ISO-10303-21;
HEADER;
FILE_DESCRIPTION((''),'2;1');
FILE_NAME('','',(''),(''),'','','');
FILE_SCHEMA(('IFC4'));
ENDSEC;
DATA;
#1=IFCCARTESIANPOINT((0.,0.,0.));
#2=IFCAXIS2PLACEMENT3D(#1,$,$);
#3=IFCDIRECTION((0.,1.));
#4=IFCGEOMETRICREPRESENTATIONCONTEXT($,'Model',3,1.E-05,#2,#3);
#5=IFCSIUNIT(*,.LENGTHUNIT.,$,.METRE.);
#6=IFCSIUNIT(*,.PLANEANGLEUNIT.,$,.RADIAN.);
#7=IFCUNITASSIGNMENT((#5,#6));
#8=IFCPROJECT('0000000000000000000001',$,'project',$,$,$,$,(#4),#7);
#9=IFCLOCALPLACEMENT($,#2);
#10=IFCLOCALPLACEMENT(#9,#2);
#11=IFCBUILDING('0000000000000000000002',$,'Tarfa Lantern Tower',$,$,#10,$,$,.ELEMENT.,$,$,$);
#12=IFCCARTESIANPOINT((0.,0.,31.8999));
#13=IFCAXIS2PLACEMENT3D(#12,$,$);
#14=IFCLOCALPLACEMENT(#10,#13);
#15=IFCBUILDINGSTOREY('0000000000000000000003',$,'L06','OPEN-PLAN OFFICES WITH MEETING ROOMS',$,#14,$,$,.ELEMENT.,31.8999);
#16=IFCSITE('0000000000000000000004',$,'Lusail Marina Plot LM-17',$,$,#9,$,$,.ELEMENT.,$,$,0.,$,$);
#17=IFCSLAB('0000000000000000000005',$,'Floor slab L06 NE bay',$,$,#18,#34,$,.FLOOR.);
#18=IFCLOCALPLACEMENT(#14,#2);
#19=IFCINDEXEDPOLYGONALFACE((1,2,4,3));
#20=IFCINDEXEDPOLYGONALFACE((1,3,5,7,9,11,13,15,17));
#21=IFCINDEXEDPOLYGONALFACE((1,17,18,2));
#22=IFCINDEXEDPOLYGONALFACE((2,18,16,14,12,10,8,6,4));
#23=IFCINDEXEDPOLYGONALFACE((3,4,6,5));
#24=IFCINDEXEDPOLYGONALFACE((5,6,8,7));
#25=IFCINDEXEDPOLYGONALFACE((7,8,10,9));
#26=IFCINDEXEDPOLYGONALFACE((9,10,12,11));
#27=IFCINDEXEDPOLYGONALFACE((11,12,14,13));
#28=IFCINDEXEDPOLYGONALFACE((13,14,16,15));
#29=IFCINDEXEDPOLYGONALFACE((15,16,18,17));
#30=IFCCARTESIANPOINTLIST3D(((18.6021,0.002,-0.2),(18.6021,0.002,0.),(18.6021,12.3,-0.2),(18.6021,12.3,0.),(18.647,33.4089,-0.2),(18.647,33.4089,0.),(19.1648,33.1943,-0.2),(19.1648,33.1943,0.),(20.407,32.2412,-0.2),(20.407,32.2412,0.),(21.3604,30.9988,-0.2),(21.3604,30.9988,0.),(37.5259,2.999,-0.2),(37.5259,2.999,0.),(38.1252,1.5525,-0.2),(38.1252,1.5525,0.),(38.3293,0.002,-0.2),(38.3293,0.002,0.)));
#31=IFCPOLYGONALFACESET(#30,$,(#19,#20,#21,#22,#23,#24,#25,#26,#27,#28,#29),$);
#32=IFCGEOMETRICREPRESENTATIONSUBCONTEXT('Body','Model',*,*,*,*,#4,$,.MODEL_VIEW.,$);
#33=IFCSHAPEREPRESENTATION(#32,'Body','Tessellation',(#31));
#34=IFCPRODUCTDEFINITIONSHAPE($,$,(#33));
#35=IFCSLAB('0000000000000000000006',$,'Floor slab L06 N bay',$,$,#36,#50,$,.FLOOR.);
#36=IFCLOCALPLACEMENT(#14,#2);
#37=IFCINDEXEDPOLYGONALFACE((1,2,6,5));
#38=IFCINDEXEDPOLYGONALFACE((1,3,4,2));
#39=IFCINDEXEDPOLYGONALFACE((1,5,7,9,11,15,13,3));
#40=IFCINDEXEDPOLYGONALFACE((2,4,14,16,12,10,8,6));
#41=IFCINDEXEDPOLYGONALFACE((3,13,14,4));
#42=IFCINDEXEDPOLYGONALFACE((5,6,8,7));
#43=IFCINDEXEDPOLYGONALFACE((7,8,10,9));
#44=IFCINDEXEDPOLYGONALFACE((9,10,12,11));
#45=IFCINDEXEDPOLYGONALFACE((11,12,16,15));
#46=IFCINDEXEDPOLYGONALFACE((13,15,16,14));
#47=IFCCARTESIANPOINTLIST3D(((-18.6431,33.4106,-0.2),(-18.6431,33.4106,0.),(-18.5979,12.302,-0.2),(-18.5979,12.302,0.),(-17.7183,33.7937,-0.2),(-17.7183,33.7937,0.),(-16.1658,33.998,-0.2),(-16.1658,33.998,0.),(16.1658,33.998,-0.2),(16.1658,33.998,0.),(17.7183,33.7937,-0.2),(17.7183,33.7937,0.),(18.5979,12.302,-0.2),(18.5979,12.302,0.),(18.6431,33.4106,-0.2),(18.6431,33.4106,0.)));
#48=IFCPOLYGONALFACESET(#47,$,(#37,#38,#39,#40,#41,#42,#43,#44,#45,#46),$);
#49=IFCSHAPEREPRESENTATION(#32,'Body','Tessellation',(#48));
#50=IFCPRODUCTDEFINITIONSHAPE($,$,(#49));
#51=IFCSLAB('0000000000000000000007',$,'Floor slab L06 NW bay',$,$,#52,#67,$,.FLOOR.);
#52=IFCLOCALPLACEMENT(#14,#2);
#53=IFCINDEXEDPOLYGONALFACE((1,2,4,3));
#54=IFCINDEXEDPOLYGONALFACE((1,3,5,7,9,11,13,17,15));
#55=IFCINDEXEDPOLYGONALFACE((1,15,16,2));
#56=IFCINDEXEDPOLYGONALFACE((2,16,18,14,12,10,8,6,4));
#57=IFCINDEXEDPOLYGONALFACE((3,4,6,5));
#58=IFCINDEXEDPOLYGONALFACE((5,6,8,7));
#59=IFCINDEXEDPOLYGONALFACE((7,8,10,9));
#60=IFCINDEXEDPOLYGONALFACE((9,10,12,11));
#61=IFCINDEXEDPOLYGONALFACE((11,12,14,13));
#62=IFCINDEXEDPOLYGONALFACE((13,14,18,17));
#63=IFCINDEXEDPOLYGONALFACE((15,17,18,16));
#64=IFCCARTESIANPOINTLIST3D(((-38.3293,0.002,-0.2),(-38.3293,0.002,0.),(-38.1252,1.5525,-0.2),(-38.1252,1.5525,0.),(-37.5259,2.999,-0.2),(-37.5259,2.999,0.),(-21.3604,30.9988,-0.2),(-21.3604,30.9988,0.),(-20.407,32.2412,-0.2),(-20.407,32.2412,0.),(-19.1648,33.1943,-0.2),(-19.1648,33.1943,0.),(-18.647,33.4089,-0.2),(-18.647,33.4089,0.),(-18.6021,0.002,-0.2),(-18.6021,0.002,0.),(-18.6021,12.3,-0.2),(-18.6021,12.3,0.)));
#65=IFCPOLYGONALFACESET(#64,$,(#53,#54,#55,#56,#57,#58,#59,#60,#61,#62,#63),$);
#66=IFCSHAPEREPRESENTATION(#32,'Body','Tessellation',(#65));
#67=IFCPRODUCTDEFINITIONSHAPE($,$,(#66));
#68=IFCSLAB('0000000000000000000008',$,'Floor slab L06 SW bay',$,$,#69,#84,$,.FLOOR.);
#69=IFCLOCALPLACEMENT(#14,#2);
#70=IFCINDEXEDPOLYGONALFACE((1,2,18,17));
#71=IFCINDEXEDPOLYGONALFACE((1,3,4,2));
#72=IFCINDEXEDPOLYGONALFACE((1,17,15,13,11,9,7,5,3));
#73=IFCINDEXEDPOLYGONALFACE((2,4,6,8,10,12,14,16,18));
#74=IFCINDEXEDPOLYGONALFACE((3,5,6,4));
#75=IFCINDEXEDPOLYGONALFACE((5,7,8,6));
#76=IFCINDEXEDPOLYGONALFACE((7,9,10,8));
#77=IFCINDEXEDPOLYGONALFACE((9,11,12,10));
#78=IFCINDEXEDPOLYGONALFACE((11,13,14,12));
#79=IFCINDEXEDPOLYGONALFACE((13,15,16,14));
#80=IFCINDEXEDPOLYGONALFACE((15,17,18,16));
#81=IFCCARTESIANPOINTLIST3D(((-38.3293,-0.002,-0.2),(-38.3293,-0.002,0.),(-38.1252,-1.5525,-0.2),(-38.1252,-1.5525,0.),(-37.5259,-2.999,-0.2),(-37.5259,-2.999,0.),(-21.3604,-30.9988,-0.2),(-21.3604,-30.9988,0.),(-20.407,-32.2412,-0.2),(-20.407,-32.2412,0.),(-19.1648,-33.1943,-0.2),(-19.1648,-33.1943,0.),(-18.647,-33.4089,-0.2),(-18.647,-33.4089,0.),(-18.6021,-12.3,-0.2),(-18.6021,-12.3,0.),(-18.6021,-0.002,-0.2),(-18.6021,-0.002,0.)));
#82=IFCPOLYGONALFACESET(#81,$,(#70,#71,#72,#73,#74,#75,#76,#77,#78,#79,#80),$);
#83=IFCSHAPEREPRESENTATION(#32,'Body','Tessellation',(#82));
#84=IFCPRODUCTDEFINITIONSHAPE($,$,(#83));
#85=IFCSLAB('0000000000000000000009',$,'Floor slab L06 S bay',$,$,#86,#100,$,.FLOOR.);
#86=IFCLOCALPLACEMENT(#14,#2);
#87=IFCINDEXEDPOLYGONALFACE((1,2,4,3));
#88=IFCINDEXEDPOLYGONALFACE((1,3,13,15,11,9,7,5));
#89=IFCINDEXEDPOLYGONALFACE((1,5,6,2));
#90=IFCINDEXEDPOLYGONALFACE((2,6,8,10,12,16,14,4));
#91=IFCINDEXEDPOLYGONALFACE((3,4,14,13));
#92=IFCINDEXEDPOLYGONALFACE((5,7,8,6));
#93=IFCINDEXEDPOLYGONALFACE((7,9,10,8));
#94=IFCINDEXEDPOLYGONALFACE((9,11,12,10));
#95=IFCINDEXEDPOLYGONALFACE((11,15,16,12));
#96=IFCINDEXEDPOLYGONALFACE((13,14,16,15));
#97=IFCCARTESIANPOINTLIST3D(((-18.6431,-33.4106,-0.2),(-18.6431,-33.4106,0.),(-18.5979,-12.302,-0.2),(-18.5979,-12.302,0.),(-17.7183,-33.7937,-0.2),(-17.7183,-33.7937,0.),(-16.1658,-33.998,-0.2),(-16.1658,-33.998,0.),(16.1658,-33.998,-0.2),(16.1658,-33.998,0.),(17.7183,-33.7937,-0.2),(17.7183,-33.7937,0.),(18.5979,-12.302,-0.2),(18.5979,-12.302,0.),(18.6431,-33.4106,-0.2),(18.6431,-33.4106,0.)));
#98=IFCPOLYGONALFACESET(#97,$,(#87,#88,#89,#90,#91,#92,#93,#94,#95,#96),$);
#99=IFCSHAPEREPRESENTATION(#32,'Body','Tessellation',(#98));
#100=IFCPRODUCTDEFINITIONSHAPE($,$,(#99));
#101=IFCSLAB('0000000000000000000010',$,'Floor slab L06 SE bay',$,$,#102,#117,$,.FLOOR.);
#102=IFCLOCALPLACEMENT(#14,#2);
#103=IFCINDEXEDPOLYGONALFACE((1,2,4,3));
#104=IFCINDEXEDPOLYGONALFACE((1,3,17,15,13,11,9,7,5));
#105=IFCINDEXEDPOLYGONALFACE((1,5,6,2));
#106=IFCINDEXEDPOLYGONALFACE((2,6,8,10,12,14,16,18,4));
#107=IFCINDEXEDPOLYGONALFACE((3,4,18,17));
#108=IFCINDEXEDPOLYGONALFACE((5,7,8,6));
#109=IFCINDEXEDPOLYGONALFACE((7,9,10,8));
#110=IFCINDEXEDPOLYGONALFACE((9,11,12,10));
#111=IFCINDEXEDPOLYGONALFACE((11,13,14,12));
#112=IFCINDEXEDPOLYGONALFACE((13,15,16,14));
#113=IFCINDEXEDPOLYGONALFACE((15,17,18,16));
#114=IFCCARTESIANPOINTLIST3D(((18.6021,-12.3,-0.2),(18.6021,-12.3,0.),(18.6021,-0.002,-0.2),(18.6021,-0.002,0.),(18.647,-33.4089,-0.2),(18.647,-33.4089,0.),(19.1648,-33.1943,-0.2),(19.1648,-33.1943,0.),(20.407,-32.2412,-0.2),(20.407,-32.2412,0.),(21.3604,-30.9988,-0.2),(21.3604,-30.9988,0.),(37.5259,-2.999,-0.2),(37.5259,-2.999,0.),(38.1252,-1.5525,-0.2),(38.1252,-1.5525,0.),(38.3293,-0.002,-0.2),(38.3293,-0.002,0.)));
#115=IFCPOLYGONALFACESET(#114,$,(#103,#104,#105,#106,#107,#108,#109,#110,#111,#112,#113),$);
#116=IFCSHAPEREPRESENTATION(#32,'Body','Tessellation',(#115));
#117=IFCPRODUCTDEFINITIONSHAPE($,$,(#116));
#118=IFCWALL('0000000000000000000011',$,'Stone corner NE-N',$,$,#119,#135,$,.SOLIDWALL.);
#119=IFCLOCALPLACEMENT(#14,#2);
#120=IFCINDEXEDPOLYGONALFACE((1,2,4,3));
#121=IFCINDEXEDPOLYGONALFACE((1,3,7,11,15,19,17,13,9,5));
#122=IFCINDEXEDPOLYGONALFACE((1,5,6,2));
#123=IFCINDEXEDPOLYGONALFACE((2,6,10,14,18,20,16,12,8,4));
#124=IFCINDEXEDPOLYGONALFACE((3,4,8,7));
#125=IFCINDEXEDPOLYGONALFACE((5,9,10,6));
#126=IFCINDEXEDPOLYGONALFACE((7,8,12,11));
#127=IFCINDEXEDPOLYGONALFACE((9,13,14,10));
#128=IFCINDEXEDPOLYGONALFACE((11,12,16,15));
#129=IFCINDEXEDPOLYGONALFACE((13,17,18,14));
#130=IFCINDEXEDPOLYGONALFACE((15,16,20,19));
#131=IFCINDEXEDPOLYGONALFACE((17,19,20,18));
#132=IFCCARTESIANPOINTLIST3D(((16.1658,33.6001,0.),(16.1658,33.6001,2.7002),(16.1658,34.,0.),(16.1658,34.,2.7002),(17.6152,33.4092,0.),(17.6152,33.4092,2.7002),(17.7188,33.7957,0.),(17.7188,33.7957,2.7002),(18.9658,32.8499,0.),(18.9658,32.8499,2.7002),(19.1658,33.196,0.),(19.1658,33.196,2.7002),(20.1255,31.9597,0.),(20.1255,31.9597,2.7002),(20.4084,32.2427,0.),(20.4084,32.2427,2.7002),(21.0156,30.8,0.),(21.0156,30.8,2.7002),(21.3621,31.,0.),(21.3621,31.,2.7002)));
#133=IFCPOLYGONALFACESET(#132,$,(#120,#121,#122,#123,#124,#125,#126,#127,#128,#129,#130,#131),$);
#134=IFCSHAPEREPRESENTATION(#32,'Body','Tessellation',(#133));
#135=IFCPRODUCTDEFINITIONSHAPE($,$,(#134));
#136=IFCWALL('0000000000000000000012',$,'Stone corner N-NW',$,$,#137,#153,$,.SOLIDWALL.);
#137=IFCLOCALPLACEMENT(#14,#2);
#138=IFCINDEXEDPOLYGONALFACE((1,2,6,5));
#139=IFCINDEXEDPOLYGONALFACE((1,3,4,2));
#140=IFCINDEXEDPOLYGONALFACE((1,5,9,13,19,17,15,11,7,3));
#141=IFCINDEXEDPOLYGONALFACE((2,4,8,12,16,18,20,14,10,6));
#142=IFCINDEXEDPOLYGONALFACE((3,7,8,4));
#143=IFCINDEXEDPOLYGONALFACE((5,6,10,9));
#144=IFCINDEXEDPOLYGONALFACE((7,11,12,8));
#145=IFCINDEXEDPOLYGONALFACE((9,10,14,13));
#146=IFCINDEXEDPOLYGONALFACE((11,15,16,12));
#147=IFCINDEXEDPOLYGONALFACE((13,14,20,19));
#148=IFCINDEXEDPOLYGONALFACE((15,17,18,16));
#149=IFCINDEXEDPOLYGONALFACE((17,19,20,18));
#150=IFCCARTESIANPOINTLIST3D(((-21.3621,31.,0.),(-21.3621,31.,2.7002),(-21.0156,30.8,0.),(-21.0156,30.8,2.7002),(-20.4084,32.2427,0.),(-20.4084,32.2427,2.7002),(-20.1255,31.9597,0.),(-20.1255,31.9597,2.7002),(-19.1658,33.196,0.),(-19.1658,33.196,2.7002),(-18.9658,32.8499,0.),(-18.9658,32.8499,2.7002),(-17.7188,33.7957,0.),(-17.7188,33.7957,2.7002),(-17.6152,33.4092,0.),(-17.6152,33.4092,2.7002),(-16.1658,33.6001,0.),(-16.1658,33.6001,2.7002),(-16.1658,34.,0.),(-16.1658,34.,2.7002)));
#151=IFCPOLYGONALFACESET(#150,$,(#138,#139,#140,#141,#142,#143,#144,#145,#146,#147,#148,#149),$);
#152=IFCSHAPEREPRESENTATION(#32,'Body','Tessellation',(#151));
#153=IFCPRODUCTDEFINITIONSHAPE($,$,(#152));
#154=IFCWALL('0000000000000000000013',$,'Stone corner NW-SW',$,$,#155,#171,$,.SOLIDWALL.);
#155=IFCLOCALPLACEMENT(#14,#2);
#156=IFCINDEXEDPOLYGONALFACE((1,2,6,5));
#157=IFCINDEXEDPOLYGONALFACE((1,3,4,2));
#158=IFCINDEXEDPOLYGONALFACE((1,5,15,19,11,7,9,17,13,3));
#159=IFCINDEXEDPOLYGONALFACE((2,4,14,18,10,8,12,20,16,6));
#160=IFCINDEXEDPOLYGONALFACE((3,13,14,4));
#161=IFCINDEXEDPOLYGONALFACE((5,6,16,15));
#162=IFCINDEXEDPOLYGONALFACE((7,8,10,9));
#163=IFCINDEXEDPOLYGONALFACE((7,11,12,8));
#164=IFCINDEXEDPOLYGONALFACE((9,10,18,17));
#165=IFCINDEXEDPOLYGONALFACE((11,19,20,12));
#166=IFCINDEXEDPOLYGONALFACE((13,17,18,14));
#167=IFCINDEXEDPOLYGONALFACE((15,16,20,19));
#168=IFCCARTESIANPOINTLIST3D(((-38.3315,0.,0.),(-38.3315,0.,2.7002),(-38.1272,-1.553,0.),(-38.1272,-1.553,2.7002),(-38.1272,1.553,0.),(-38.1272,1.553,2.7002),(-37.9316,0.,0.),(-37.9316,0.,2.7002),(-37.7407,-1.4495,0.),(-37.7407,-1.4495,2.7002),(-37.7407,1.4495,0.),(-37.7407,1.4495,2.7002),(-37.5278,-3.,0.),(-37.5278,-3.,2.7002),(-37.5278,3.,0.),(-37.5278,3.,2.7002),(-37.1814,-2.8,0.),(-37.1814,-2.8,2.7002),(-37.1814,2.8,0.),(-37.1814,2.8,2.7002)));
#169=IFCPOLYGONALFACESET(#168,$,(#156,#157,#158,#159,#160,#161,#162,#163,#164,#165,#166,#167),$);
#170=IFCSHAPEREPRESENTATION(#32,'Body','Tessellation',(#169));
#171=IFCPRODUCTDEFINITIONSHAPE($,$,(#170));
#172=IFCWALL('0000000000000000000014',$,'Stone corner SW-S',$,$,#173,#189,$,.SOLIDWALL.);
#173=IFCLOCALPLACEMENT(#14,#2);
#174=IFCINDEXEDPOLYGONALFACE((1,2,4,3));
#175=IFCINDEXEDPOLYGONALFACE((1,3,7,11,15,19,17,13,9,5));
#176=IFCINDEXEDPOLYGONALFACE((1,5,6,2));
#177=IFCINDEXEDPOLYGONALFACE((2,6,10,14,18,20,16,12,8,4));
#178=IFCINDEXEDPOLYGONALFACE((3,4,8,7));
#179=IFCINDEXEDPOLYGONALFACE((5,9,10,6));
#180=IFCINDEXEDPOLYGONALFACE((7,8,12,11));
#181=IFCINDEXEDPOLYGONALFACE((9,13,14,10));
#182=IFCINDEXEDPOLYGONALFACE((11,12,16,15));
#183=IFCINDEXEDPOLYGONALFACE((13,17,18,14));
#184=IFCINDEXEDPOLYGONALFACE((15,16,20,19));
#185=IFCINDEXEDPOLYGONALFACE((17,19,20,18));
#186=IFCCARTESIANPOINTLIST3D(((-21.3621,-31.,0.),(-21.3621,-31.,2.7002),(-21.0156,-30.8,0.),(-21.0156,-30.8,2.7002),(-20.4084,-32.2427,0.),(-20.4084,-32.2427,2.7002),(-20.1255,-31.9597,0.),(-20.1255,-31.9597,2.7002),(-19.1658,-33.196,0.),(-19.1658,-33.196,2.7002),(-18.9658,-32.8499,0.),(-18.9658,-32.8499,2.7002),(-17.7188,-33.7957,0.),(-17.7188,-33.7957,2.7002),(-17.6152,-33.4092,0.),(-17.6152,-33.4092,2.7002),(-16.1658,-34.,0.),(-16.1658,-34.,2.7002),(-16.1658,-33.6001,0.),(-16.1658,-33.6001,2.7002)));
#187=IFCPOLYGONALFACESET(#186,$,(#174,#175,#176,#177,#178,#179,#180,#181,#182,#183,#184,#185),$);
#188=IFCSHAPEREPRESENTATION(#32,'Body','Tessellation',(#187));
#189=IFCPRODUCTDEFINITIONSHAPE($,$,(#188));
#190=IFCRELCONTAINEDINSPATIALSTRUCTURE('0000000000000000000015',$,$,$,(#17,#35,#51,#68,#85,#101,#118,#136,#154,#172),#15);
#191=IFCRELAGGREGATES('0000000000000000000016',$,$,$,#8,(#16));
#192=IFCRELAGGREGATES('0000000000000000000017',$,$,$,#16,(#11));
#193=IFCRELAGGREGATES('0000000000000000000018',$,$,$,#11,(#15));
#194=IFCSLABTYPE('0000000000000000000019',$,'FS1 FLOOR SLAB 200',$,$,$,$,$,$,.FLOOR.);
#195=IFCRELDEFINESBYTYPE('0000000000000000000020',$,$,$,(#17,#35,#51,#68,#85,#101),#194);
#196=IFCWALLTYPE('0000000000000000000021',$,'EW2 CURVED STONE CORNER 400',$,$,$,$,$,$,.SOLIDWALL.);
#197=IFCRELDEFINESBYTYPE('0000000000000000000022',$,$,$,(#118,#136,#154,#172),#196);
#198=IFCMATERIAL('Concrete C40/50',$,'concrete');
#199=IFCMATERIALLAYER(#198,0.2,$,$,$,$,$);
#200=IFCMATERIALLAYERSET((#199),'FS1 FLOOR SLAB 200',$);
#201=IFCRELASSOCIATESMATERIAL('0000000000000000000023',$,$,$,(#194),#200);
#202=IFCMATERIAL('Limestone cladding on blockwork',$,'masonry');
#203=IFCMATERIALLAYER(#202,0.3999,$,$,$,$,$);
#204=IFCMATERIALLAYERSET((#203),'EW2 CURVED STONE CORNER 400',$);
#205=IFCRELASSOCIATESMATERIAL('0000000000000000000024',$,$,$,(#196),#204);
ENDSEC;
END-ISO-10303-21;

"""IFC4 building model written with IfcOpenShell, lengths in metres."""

from ifc_helpers import new_model, si_unit, direction, frame, origin, place, context, subcontext, project, spatial, polyline, outline, extrude, material, layer, layer_set, type_object, element, save


model = new_model("IFC4")

# Units and contexts
model_context = context("Model", 3, precision=1e-05, world=origin(), true_north=direction((0.0, 1.0)))
body_context = subcontext(model_context, "Body", "Model", "MODEL_VIEW")
ifc_project = project(units=[si_unit("LENGTHUNIT", "METRE"), si_unit("PLANEANGLEUNIT", "RADIAN")], contexts=[model_context])

# Site, building, storey
site_placement = place(None, origin())
site = spatial("IfcSite", under=ifc_project, at=site_placement, Name="Lusail Marina Plot LM-17", CompositionType="ELEMENT", RefElevation=0.0)
building_placement = place(site_placement, origin())
building = spatial("IfcBuilding", under=site, at=building_placement, Name="Tarfa Lantern Tower", CompositionType="ELEMENT")
storey_placement = place(building_placement, frame((0.0, 0.0, 31.8999)))
storey = spatial("IfcBuildingStorey", under=building, at=storey_placement, Name="L06", Description="OPEN-PLAN OFFICES WITH MEETING ROOMS", CompositionType="ELEMENT", Elevation=31.8999)

# Slabs
ifc_material_1 = material(Name="Concrete C40/50", Category="concrete")
ifc_layer_1 = layer(ifc_material_1, 0.2)
ifc_layer_set_1 = layer_set([ifc_layer_1], Name="FS1 FLOOR SLAB 200")
slab_type_1 = type_object("IfcSlabType", Name="FS1 FLOOR SLAB 200", PredefinedType="FLOOR", material=ifc_layer_set_1)
slab_1_placement = place(storey_placement, frame((0.0, 0.0, -0.2)))
element("IfcSlab", 1, at=slab_1_placement, inside=storey, type_object=slab_type_1, Name="Floor slab L06 NE bay", PredefinedType="FLOOR", context=body_context, shape_type="SweptSolid", body=[
    extrude(outline(polyline([(37.5259, 2.999), (21.3604, 30.9988), (20.407, 32.2412), (19.1648, 33.1943), (18.647, 33.4089), (18.6021, 12.3), (18.6021, 0.002), (38.3293, 0.002), (38.1252, 1.5525), (37.5259, 2.999)])), origin(), (0.0, 0.0, 1.0), 0.2),
])
slab_2_placement = place(storey_placement, frame((0.0, 0.0, -0.2)))
element("IfcSlab", 2, at=slab_2_placement, inside=storey, type_object=slab_type_1, Name="Floor slab L06 N bay", PredefinedType="FLOOR", context=body_context, shape_type="SweptSolid", body=[
    extrude(outline(polyline([(-18.5979, 12.302), (18.5979, 12.302), (18.6431, 33.4106), (17.7183, 33.7937), (16.1658, 33.998), (-16.1658, 33.998), (-17.7183, 33.7937), (-18.6431, 33.4106), (-18.5979, 12.302)])), origin(), (0.0, 0.0, 1.0), 0.2),
])
slab_3_placement = place(storey_placement, frame((0.0, 0.0, -0.2)))
element("IfcSlab", 3, at=slab_3_placement, inside=storey, type_object=slab_type_1, Name="Floor slab L06 NW bay", PredefinedType="FLOOR", context=body_context, shape_type="SweptSolid", body=[
    extrude(outline(polyline([(-18.6021, 0.002), (-18.6021, 12.3), (-18.647, 33.4089), (-19.1648, 33.1943), (-20.407, 32.2412), (-21.3604, 30.9988), (-37.5259, 2.999), (-38.1252, 1.5525), (-38.3293, 0.002), (-18.6021, 0.002)])), origin(), (0.0, 0.0, 1.0), 0.2),
])
slab_4_placement = place(storey_placement, frame((0.0, 0.0, -0.2)))
element("IfcSlab", 4, at=slab_4_placement, inside=storey, type_object=slab_type_1, Name="Floor slab L06 SW bay", PredefinedType="FLOOR", context=body_context, shape_type="SweptSolid", body=[
    extrude(outline(polyline([(-18.6021, -12.3), (-18.6021, -0.002), (-38.3293, -0.002), (-38.1252, -1.5525), (-37.5259, -2.999), (-21.3604, -30.9988), (-20.407, -32.2412), (-19.1648, -33.1943), (-18.647, -33.4089), (-18.6021, -12.3)])), origin(), (0.0, 0.0, 1.0), 0.2),
])
slab_5_placement = place(storey_placement, frame((0.0, 0.0, -0.2)))
element("IfcSlab", 5, at=slab_5_placement, inside=storey, type_object=slab_type_1, Name="Floor slab L06 S bay", PredefinedType="FLOOR", context=body_context, shape_type="SweptSolid", body=[
    extrude(outline(polyline([(18.5979, -12.302), (-18.5979, -12.302), (-18.6431, -33.4106), (-17.7183, -33.7937), (-16.1658, -33.998), (16.1658, -33.998), (17.7183, -33.7937), (18.6431, -33.4106), (18.5979, -12.302)])), origin(), (0.0, 0.0, 1.0), 0.2),
])
slab_6_placement = place(storey_placement, frame((0.0, 0.0, -0.2)))
element("IfcSlab", 6, at=slab_6_placement, inside=storey, type_object=slab_type_1, Name="Floor slab L06 SE bay", PredefinedType="FLOOR", context=body_context, shape_type="SweptSolid", body=[
    extrude(outline(polyline([(18.6021, -0.002), (18.6021, -12.3), (18.647, -33.4089), (19.1648, -33.1943), (20.407, -32.2412), (21.3604, -30.9988), (37.5259, -2.999), (38.1252, -1.5525), (38.3293, -0.002), (18.6021, -0.002)])), origin(), (0.0, 0.0, 1.0), 0.2),
])

# Walls
ifc_material_2 = material(Name="Limestone cladding on blockwork", Category="masonry")
ifc_layer_2 = layer(ifc_material_2, 0.3999)
ifc_layer_set_2 = layer_set([ifc_layer_2], Name="EW2 CURVED STONE CORNER 400")
wall_type_1 = type_object("IfcWallType", Name="EW2 CURVED STONE CORNER 400", PredefinedType="SOLIDWALL", material=ifc_layer_set_2)
wall_1_placement = place(storey_placement, origin())
element("IfcWall", 7, at=wall_1_placement, inside=storey, type_object=wall_type_1, Name="Stone corner NE-N", PredefinedType="SOLIDWALL", context=body_context, shape_type="SweptSolid", body=[
    extrude(outline(polyline([(21.3621, 31.0), (20.4084, 32.2427), (19.1658, 33.196), (17.7188, 33.7957), (16.1658, 34.0), (16.1658, 33.6001), (17.6152, 33.4092), (18.9658, 32.8499), (20.1255, 31.9597), (21.0156, 30.8), (21.3621, 31.0)])), origin(), (0.0, 0.0, 1.0), 2.7002),
])
wall_2_placement = place(storey_placement, origin())
element("IfcWall", 8, at=wall_2_placement, inside=storey, type_object=wall_type_1, Name="Stone corner N-NW", PredefinedType="SOLIDWALL", context=body_context, shape_type="SweptSolid", body=[
    extrude(outline(polyline([(-16.1658, 34.0), (-17.7188, 33.7957), (-19.1658, 33.196), (-20.4084, 32.2427), (-21.3621, 31.0), (-21.0156, 30.8), (-20.1255, 31.9597), (-18.9658, 32.8499), (-17.6152, 33.4092), (-16.1658, 33.6001), (-16.1658, 34.0)])), origin(), (0.0, 0.0, 1.0), 2.7002),
])
wall_3_placement = place(storey_placement, origin())
element("IfcWall", 9, at=wall_3_placement, inside=storey, type_object=wall_type_1, Name="Stone corner NW-SW", PredefinedType="SOLIDWALL", context=body_context, shape_type="SweptSolid", body=[
    extrude(outline(polyline([(-37.5278, 3.0), (-38.1272, 1.553), (-38.3315, 0.0), (-38.1272, -1.553), (-37.5278, -3.0), (-37.1814, -2.8), (-37.7407, -1.4495), (-37.9316, 0.0), (-37.7407, 1.4495), (-37.1814, 2.8), (-37.5278, 3.0)])), origin(), (0.0, 0.0, 1.0), 2.7002),
])
wall_4_placement = place(storey_placement, origin())
element("IfcWall", 10, at=wall_4_placement, inside=storey, type_object=wall_type_1, Name="Stone corner SW-S", PredefinedType="SOLIDWALL", context=body_context, shape_type="SweptSolid", body=[
    extrude(outline(polyline([(-21.3621, -31.0), (-20.4084, -32.2427), (-19.1658, -33.196), (-17.7188, -33.7957), (-16.1658, -34.0), (-16.1658, -33.6001), (-17.6152, -33.4092), (-18.9658, -32.8499), (-20.1255, -31.9597), (-21.0156, -30.8), (-21.3621, -31.0)])), origin(), (0.0, 0.0, 1.0), 2.7002),
])

save(model, "model.ifc")
